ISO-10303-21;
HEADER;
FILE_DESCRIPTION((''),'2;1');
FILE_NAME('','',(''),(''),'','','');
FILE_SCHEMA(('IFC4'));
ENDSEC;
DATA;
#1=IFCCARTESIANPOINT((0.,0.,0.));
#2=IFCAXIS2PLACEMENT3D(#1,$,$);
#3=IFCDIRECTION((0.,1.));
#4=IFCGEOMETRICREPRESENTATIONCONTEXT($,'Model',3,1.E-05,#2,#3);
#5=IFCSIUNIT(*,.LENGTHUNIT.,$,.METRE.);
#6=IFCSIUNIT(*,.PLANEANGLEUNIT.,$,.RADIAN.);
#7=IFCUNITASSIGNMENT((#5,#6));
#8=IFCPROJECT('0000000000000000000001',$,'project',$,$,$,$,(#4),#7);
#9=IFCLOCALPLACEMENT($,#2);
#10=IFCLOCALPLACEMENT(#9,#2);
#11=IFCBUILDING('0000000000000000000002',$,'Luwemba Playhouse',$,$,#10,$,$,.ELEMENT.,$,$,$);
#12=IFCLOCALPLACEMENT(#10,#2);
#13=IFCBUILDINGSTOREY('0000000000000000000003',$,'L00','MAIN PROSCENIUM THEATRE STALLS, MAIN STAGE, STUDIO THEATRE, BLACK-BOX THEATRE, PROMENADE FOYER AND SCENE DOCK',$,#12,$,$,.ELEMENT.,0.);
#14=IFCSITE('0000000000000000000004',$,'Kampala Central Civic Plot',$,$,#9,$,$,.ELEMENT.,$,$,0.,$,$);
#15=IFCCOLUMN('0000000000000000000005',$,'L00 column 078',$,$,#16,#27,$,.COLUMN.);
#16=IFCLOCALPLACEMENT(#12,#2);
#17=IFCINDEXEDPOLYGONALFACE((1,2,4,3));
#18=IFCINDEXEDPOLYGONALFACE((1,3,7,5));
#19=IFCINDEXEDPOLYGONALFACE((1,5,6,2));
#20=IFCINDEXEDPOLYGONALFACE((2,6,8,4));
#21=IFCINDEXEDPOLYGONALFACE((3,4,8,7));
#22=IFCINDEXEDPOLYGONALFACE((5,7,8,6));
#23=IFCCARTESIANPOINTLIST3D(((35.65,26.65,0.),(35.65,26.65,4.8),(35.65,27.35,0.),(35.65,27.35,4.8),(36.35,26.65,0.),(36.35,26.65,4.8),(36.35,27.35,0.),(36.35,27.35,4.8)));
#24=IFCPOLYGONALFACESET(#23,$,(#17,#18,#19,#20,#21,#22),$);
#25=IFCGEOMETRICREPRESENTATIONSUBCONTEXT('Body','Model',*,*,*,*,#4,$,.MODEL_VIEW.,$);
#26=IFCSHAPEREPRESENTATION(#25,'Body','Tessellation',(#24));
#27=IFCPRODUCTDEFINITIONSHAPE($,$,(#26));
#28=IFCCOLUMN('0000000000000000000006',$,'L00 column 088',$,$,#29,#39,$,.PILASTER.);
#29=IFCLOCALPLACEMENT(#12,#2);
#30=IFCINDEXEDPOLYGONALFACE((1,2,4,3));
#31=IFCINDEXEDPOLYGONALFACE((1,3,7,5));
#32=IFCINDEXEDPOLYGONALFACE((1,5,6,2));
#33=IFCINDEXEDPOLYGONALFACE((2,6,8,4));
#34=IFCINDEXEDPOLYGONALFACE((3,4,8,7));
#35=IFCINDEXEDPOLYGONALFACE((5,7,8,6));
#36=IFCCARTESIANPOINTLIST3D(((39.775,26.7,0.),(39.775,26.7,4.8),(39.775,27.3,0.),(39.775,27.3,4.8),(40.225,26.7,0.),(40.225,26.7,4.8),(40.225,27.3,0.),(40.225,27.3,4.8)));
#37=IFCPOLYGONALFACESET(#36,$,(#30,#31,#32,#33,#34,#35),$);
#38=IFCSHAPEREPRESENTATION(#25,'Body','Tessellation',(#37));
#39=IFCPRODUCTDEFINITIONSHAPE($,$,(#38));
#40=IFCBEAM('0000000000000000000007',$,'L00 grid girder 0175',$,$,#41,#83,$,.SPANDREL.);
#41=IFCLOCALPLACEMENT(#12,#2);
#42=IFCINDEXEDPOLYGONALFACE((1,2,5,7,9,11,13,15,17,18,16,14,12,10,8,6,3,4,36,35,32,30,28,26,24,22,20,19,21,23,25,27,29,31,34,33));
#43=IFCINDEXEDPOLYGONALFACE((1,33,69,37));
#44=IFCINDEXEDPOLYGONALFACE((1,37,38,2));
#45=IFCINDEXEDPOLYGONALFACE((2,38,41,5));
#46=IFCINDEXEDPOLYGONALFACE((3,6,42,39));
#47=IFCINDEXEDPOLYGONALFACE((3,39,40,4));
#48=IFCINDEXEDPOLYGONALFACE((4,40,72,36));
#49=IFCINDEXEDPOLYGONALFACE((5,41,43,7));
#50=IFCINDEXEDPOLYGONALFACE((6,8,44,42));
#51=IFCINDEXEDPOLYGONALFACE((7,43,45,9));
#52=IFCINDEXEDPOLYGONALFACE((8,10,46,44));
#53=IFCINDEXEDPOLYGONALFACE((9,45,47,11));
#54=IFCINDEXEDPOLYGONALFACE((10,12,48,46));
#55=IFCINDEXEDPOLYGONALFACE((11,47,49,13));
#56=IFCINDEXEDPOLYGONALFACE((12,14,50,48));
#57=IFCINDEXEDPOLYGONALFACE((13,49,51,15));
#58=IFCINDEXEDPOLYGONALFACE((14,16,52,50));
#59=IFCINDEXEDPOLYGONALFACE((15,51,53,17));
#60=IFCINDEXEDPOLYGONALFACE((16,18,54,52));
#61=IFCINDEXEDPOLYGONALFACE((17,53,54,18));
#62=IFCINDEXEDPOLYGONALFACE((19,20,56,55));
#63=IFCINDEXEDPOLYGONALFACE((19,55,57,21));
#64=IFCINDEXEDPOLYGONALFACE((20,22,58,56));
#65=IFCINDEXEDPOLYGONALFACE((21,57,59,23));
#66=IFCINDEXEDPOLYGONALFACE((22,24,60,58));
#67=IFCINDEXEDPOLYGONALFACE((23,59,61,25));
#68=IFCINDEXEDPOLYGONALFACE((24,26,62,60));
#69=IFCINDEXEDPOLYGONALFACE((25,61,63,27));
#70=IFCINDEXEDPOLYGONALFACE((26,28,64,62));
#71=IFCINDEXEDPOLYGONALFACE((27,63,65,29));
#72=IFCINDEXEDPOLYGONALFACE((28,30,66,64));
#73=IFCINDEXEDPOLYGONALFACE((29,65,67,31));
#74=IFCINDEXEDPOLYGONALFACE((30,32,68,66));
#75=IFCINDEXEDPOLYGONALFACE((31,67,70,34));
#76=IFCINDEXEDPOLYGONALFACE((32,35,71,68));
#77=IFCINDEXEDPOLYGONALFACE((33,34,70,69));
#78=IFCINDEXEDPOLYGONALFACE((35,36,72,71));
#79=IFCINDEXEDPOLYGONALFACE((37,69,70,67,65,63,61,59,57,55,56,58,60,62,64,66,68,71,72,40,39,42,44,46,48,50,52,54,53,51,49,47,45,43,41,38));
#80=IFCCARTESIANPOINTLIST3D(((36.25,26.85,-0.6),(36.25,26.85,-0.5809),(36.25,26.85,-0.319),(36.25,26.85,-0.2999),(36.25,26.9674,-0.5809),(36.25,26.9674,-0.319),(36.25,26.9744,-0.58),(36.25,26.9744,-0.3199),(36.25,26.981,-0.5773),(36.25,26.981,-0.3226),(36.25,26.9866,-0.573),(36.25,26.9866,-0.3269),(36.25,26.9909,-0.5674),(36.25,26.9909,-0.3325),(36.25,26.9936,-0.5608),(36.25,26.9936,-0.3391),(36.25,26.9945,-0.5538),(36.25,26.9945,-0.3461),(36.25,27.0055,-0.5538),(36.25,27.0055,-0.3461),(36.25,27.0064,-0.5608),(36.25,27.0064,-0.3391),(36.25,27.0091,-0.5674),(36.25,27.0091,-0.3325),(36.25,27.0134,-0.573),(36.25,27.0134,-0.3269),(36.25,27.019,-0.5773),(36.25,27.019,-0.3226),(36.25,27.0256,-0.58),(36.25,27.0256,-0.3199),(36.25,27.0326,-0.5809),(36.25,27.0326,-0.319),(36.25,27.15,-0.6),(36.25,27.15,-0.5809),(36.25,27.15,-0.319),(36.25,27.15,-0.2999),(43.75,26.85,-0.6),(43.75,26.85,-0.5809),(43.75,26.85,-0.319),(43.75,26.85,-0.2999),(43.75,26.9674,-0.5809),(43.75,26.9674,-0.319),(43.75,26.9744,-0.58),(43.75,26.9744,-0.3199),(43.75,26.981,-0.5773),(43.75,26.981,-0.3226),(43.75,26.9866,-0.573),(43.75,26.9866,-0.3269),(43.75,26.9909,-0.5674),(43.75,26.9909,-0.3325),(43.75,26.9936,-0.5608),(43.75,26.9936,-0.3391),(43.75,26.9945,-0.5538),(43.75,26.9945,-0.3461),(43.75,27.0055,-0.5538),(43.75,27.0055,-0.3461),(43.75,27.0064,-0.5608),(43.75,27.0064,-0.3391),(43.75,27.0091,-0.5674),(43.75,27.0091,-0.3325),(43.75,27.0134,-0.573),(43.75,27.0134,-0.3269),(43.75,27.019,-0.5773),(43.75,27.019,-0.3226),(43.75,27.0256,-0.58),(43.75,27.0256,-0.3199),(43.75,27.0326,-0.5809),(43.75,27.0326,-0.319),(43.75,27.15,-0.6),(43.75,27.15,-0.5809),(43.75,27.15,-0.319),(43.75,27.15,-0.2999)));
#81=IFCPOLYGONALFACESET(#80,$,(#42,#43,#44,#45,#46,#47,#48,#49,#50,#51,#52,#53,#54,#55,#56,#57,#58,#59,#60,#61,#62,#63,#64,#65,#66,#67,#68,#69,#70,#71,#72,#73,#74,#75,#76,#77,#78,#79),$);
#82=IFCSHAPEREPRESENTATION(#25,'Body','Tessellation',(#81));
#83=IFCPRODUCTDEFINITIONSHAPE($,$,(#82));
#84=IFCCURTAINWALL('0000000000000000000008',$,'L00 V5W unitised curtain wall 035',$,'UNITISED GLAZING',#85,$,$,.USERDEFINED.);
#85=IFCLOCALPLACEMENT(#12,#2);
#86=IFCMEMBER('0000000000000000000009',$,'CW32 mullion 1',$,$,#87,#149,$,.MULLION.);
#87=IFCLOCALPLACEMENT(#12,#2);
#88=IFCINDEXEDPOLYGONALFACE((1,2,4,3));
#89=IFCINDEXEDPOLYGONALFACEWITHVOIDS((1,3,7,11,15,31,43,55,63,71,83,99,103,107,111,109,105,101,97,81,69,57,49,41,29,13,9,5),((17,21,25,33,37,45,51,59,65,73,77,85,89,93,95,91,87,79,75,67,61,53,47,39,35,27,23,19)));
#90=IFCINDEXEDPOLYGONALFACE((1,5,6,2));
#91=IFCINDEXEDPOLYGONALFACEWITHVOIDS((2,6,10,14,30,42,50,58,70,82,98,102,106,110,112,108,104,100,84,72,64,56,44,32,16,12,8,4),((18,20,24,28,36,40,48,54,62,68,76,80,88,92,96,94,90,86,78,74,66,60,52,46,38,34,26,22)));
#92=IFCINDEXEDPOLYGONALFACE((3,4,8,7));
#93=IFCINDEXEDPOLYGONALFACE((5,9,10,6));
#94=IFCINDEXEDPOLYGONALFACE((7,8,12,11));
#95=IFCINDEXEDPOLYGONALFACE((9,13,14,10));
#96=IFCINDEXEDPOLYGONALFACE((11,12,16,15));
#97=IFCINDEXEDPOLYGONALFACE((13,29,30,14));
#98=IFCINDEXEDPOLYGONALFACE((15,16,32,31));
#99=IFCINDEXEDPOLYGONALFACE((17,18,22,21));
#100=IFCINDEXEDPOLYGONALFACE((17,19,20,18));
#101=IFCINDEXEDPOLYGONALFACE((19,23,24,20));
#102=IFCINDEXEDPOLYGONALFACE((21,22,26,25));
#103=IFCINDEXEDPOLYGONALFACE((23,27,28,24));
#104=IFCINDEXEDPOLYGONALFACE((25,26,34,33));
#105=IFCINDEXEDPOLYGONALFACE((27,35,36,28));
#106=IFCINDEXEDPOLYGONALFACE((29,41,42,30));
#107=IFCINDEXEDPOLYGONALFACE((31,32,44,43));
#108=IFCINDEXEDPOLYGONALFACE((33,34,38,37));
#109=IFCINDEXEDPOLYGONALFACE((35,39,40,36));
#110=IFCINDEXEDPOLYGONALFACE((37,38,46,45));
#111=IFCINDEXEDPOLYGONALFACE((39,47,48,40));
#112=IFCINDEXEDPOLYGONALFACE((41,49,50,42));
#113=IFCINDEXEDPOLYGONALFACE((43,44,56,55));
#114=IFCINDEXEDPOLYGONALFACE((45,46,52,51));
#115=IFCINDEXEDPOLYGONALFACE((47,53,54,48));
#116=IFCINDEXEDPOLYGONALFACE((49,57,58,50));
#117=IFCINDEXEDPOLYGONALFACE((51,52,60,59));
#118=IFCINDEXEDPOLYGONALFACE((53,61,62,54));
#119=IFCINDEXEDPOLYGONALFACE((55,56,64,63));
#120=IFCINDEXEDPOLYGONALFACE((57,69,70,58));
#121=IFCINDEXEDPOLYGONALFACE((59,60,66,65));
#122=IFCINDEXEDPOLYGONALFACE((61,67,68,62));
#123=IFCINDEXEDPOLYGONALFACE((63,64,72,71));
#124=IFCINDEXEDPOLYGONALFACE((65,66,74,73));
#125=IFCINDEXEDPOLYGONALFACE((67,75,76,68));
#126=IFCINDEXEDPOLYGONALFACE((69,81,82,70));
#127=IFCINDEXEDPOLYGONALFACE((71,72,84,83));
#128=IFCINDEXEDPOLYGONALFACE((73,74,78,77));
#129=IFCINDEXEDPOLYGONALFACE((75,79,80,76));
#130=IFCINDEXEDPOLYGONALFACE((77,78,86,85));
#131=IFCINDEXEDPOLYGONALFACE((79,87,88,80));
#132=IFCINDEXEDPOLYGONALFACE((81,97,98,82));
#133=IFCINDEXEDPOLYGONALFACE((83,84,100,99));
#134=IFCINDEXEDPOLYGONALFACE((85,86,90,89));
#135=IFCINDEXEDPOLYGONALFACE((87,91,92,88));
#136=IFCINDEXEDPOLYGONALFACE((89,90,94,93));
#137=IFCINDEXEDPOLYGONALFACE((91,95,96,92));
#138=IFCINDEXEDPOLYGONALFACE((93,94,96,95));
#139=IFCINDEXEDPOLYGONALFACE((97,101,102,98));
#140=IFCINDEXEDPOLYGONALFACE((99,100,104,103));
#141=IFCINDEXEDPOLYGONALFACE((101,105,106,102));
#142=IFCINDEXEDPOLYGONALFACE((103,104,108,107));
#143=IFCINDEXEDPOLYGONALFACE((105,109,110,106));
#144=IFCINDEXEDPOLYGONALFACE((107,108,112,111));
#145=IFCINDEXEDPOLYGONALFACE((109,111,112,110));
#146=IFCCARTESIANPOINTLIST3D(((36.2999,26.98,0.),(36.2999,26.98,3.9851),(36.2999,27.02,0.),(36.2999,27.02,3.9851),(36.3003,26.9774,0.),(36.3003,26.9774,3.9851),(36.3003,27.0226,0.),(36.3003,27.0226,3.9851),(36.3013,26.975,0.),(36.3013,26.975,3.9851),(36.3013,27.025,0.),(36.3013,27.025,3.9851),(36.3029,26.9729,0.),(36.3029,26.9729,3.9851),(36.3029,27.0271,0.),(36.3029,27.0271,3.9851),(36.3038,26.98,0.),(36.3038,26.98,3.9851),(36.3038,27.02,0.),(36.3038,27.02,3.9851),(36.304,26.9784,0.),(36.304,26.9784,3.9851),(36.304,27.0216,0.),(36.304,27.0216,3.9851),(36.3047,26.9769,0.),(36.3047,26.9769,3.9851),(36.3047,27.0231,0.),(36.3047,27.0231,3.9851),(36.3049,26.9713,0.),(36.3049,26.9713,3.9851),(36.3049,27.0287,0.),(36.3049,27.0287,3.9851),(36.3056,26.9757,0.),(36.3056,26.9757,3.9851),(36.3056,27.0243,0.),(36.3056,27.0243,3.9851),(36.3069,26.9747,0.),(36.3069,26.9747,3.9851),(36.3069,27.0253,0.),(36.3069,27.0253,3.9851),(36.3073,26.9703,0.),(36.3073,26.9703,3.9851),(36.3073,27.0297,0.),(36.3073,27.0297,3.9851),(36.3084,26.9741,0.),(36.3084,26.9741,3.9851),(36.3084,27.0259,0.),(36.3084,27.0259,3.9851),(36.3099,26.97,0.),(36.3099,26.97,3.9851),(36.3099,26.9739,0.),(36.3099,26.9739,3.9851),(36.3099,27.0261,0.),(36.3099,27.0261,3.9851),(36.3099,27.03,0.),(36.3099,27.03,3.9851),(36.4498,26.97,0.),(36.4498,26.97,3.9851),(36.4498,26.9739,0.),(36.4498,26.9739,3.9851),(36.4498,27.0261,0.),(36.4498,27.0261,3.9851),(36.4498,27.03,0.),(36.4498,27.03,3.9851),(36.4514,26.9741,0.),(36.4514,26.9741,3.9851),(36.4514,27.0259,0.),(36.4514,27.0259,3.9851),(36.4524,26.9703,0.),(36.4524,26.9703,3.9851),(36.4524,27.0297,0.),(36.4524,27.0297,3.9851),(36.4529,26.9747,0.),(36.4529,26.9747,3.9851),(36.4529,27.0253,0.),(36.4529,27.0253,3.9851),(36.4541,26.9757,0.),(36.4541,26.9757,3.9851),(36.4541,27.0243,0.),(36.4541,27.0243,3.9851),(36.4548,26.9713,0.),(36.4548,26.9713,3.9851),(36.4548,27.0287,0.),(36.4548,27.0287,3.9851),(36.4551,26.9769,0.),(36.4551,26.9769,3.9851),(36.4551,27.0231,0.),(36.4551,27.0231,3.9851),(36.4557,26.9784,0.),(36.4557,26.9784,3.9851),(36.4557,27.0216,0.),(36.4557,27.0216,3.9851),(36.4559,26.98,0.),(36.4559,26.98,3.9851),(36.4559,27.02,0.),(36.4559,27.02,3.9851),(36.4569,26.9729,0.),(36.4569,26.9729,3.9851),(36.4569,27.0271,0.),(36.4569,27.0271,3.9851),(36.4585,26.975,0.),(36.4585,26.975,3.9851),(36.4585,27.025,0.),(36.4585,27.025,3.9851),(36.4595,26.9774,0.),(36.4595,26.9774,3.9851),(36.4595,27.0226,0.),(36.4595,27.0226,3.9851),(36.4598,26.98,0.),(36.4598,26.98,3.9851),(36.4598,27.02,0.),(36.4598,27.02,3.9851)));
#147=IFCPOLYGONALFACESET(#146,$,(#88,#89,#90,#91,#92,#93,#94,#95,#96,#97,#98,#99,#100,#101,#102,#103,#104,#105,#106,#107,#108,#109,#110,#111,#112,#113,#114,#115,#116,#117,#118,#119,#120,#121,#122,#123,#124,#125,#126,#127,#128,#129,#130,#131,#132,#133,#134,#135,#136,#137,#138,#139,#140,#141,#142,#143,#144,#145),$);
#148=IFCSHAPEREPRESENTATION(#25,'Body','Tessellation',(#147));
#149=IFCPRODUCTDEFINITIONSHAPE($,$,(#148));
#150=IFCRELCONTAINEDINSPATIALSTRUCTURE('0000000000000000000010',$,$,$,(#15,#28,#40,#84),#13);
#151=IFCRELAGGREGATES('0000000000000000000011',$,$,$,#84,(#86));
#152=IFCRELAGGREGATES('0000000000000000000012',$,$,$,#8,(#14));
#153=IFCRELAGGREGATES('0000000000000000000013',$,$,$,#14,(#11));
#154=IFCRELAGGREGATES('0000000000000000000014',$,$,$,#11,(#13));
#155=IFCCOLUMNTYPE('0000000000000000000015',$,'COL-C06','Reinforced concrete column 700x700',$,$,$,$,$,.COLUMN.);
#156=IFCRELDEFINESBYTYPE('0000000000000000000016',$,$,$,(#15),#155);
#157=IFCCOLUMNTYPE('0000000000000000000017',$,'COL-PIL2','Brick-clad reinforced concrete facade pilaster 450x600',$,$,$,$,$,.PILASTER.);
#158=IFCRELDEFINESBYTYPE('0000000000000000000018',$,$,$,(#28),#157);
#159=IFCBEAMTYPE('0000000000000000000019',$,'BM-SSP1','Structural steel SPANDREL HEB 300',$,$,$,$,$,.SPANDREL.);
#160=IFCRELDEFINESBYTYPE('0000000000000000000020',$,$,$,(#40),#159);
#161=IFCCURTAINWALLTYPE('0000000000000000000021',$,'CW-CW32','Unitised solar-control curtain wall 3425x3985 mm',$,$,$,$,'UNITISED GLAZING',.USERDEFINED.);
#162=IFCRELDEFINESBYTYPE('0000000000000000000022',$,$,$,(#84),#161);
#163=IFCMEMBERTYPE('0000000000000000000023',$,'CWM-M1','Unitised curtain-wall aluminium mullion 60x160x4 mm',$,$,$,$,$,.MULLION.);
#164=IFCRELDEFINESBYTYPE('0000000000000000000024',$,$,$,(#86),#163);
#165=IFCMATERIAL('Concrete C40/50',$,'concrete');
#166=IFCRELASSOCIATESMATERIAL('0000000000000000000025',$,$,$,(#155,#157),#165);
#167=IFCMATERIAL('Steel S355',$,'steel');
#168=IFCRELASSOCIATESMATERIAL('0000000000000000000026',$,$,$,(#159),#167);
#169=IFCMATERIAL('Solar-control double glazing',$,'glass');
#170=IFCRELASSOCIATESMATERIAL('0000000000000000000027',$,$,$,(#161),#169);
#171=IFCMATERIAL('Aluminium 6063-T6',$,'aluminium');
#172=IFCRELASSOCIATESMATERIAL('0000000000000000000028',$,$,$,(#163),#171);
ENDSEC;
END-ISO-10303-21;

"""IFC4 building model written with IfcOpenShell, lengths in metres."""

from ifc_helpers import new_model, si_unit, direction, frame, origin, origin_2d, place, context, subcontext, project, spatial, rectangle, hollow_rectangle, i_section, extrude, material, material_profile, profile_set, type_object, element, aggregate, save


model = new_model("IFC4")

# Units and contexts
model_context = context("Model", 3, precision=1e-05, world=origin(), true_north=direction((0.0, 1.0)))
body_context = subcontext(model_context, "Body", "Model", "MODEL_VIEW")
ifc_project = project(units=[si_unit("LENGTHUNIT", "METRE"), si_unit("PLANEANGLEUNIT", "RADIAN")], contexts=[model_context])

# Site, building, storey
site_placement = place(None, origin())
site = spatial("IfcSite", under=ifc_project, at=site_placement, Name="Kampala Central Civic Plot", CompositionType="ELEMENT", RefElevation=0.0)
building_placement = place(site_placement, origin())
building = spatial("IfcBuilding", under=site, at=building_placement, Name="Luwemba Playhouse", CompositionType="ELEMENT")
storey_placement = place(building_placement, origin())
storey = spatial("IfcBuildingStorey", under=building, at=storey_placement, Name="L00", Description="MAIN PROSCENIUM THEATRE STALLS, MAIN STAGE, STUDIO THEATRE, BLACK-BOX THEATRE, PROMENADE FOYER AND SCENE DOCK", CompositionType="ELEMENT", Elevation=0.0)

# Columns
ifc_material_1 = material(Name="Concrete C40/50", Category="concrete")
ifc_material_profile_1 = material_profile(ifc_material_1, rectangle(XDim=0.7, YDim=0.7, at=origin_2d()))
ifc_profile_set_1 = profile_set([ifc_material_profile_1], Name="Concrete C40/50")
column_type_1 = type_object("IfcColumnType", Name="COL-C06", Description="Reinforced concrete column 700x700", PredefinedType="COLUMN", material=ifc_profile_set_1)
column_1_placement = place(storey_placement, frame((36.0, 27.0, 0.0), z_axis=(0.0, 0.0, 1.0), x_axis=(1.0, 0.0, 0.0)))
element("IfcColumn", 1, at=column_1_placement, inside=storey, type_object=column_type_1, Name="L00 column 078", PredefinedType="COLUMN", context=body_context, shape_type="SweptSolid", body=[
    extrude(rectangle(XDim=0.7, YDim=0.7, at=origin_2d()), origin(), (0.0, 0.0, 1.0), 4.8),
])
ifc_material_profile_2 = material_profile(ifc_material_1, rectangle(XDim=0.45, YDim=0.6001, at=origin_2d()))
ifc_profile_set_2 = profile_set([ifc_material_profile_2], Name="Concrete C40/50")
column_type_2 = type_object("IfcColumnType", Name="COL-PIL2", Description="Brick-clad reinforced concrete facade pilaster 450x600", PredefinedType="PILASTER", material=ifc_profile_set_2)
column_2_placement = place(storey_placement, frame((40.0, 27.0, 0.0), z_axis=(0.0, 0.0, 1.0), x_axis=(1.0, 0.0, 0.0)))
element("IfcColumn", 2, at=column_2_placement, inside=storey, type_object=column_type_2, Name="L00 column 088", PredefinedType="PILASTER", context=body_context, shape_type="SweptSolid", body=[
    extrude(rectangle(XDim=0.45, YDim=0.6001, at=origin_2d()), origin(), (0.0, 0.0, 1.0), 4.8),
])

# Beam
ifc_material_2 = material(Name="Steel S355", Category="steel")
ifc_material_profile_3 = material_profile(ifc_material_2, i_section(OverallWidth=0.3, OverallDepth=0.3, WebThickness=0.011, FlangeThickness=0.019, FilletRadius=0.0271, at=origin_2d()))
ifc_profile_set_3 = profile_set([ifc_material_profile_3], Name="Steel S355")
beam_type = type_object("IfcBeamType", Name="BM-SSP1", Description="Structural steel SPANDREL HEB 300", PredefinedType="SPANDREL", material=ifc_profile_set_3)
beam_placement = place(storey_placement, frame((36.25, 27.0, -0.45), z_axis=(1.0, 0.0, 0.0), x_axis=(0.0, 1.0, 0.0)))
element("IfcBeam", 3, at=beam_placement, inside=storey, type_object=beam_type, Name="L00 grid girder 0175", PredefinedType="SPANDREL", context=body_context, shape_type="SweptSolid", body=[
    extrude(i_section(OverallWidth=0.3, OverallDepth=0.3, WebThickness=0.011, FlangeThickness=0.019, FilletRadius=0.0271, at=origin_2d()), origin(), (0.0, 0.0, 1.0), 7.5),
])

# Curtain wall, member
ifc_material_3 = material(Name="Solar-control double glazing", Category="glass")
curtain_wall_type = type_object("IfcCurtainWallType", Name="CW-CW32", Description="Unitised solar-control curtain wall 3425x3985 mm", ElementType="UNITISED GLAZING", PredefinedType="USERDEFINED", material=ifc_material_3)
curtain_wall_placement = place(storey_placement, origin())
curtain_wall = element("IfcCurtainWall", 4, at=curtain_wall_placement, inside=storey, type_object=curtain_wall_type, Name="L00 V5W unitised curtain wall 035", ObjectType="UNITISED GLAZING", PredefinedType="USERDEFINED")
ifc_material_4 = material(Name="Aluminium 6063-T6", Category="aluminium")
ifc_material_profile_4 = material_profile(ifc_material_4, hollow_rectangle(XDim=0.0601, YDim=0.1599, WallThickness=0.0039, InnerFilletRadius=0.0061, OuterFilletRadius=0.01, at=origin_2d()))
ifc_profile_set_4 = profile_set([ifc_material_profile_4], Name="Aluminium 6063-T6")
member_type_1 = type_object("IfcMemberType", Name="CWM-M1", Description="Unitised curtain-wall aluminium mullion 60x160x4 mm", PredefinedType="MULLION", material=ifc_profile_set_4)
member_1_placement = place(storey_placement, frame((36.3799, 27.0, 0.0), z_axis=(0.0, 0.0, 1.0), x_axis=(0.0, 1.0, 0.0)))
member_1 = element("IfcMember", 5, at=member_1_placement, type_object=member_type_1, Name="CW32 mullion 1", PredefinedType="MULLION", context=body_context, shape_type="SweptSolid", body=[
    extrude(hollow_rectangle(XDim=0.0601, YDim=0.1599, WallThickness=0.0039, InnerFilletRadius=0.0061, OuterFilletRadius=0.01, at=origin_2d()), origin(), (0.0, 0.0, 1.0), 3.9851),
])
aggregate(curtain_wall, [member_1])

save(model, "model.ifc")
